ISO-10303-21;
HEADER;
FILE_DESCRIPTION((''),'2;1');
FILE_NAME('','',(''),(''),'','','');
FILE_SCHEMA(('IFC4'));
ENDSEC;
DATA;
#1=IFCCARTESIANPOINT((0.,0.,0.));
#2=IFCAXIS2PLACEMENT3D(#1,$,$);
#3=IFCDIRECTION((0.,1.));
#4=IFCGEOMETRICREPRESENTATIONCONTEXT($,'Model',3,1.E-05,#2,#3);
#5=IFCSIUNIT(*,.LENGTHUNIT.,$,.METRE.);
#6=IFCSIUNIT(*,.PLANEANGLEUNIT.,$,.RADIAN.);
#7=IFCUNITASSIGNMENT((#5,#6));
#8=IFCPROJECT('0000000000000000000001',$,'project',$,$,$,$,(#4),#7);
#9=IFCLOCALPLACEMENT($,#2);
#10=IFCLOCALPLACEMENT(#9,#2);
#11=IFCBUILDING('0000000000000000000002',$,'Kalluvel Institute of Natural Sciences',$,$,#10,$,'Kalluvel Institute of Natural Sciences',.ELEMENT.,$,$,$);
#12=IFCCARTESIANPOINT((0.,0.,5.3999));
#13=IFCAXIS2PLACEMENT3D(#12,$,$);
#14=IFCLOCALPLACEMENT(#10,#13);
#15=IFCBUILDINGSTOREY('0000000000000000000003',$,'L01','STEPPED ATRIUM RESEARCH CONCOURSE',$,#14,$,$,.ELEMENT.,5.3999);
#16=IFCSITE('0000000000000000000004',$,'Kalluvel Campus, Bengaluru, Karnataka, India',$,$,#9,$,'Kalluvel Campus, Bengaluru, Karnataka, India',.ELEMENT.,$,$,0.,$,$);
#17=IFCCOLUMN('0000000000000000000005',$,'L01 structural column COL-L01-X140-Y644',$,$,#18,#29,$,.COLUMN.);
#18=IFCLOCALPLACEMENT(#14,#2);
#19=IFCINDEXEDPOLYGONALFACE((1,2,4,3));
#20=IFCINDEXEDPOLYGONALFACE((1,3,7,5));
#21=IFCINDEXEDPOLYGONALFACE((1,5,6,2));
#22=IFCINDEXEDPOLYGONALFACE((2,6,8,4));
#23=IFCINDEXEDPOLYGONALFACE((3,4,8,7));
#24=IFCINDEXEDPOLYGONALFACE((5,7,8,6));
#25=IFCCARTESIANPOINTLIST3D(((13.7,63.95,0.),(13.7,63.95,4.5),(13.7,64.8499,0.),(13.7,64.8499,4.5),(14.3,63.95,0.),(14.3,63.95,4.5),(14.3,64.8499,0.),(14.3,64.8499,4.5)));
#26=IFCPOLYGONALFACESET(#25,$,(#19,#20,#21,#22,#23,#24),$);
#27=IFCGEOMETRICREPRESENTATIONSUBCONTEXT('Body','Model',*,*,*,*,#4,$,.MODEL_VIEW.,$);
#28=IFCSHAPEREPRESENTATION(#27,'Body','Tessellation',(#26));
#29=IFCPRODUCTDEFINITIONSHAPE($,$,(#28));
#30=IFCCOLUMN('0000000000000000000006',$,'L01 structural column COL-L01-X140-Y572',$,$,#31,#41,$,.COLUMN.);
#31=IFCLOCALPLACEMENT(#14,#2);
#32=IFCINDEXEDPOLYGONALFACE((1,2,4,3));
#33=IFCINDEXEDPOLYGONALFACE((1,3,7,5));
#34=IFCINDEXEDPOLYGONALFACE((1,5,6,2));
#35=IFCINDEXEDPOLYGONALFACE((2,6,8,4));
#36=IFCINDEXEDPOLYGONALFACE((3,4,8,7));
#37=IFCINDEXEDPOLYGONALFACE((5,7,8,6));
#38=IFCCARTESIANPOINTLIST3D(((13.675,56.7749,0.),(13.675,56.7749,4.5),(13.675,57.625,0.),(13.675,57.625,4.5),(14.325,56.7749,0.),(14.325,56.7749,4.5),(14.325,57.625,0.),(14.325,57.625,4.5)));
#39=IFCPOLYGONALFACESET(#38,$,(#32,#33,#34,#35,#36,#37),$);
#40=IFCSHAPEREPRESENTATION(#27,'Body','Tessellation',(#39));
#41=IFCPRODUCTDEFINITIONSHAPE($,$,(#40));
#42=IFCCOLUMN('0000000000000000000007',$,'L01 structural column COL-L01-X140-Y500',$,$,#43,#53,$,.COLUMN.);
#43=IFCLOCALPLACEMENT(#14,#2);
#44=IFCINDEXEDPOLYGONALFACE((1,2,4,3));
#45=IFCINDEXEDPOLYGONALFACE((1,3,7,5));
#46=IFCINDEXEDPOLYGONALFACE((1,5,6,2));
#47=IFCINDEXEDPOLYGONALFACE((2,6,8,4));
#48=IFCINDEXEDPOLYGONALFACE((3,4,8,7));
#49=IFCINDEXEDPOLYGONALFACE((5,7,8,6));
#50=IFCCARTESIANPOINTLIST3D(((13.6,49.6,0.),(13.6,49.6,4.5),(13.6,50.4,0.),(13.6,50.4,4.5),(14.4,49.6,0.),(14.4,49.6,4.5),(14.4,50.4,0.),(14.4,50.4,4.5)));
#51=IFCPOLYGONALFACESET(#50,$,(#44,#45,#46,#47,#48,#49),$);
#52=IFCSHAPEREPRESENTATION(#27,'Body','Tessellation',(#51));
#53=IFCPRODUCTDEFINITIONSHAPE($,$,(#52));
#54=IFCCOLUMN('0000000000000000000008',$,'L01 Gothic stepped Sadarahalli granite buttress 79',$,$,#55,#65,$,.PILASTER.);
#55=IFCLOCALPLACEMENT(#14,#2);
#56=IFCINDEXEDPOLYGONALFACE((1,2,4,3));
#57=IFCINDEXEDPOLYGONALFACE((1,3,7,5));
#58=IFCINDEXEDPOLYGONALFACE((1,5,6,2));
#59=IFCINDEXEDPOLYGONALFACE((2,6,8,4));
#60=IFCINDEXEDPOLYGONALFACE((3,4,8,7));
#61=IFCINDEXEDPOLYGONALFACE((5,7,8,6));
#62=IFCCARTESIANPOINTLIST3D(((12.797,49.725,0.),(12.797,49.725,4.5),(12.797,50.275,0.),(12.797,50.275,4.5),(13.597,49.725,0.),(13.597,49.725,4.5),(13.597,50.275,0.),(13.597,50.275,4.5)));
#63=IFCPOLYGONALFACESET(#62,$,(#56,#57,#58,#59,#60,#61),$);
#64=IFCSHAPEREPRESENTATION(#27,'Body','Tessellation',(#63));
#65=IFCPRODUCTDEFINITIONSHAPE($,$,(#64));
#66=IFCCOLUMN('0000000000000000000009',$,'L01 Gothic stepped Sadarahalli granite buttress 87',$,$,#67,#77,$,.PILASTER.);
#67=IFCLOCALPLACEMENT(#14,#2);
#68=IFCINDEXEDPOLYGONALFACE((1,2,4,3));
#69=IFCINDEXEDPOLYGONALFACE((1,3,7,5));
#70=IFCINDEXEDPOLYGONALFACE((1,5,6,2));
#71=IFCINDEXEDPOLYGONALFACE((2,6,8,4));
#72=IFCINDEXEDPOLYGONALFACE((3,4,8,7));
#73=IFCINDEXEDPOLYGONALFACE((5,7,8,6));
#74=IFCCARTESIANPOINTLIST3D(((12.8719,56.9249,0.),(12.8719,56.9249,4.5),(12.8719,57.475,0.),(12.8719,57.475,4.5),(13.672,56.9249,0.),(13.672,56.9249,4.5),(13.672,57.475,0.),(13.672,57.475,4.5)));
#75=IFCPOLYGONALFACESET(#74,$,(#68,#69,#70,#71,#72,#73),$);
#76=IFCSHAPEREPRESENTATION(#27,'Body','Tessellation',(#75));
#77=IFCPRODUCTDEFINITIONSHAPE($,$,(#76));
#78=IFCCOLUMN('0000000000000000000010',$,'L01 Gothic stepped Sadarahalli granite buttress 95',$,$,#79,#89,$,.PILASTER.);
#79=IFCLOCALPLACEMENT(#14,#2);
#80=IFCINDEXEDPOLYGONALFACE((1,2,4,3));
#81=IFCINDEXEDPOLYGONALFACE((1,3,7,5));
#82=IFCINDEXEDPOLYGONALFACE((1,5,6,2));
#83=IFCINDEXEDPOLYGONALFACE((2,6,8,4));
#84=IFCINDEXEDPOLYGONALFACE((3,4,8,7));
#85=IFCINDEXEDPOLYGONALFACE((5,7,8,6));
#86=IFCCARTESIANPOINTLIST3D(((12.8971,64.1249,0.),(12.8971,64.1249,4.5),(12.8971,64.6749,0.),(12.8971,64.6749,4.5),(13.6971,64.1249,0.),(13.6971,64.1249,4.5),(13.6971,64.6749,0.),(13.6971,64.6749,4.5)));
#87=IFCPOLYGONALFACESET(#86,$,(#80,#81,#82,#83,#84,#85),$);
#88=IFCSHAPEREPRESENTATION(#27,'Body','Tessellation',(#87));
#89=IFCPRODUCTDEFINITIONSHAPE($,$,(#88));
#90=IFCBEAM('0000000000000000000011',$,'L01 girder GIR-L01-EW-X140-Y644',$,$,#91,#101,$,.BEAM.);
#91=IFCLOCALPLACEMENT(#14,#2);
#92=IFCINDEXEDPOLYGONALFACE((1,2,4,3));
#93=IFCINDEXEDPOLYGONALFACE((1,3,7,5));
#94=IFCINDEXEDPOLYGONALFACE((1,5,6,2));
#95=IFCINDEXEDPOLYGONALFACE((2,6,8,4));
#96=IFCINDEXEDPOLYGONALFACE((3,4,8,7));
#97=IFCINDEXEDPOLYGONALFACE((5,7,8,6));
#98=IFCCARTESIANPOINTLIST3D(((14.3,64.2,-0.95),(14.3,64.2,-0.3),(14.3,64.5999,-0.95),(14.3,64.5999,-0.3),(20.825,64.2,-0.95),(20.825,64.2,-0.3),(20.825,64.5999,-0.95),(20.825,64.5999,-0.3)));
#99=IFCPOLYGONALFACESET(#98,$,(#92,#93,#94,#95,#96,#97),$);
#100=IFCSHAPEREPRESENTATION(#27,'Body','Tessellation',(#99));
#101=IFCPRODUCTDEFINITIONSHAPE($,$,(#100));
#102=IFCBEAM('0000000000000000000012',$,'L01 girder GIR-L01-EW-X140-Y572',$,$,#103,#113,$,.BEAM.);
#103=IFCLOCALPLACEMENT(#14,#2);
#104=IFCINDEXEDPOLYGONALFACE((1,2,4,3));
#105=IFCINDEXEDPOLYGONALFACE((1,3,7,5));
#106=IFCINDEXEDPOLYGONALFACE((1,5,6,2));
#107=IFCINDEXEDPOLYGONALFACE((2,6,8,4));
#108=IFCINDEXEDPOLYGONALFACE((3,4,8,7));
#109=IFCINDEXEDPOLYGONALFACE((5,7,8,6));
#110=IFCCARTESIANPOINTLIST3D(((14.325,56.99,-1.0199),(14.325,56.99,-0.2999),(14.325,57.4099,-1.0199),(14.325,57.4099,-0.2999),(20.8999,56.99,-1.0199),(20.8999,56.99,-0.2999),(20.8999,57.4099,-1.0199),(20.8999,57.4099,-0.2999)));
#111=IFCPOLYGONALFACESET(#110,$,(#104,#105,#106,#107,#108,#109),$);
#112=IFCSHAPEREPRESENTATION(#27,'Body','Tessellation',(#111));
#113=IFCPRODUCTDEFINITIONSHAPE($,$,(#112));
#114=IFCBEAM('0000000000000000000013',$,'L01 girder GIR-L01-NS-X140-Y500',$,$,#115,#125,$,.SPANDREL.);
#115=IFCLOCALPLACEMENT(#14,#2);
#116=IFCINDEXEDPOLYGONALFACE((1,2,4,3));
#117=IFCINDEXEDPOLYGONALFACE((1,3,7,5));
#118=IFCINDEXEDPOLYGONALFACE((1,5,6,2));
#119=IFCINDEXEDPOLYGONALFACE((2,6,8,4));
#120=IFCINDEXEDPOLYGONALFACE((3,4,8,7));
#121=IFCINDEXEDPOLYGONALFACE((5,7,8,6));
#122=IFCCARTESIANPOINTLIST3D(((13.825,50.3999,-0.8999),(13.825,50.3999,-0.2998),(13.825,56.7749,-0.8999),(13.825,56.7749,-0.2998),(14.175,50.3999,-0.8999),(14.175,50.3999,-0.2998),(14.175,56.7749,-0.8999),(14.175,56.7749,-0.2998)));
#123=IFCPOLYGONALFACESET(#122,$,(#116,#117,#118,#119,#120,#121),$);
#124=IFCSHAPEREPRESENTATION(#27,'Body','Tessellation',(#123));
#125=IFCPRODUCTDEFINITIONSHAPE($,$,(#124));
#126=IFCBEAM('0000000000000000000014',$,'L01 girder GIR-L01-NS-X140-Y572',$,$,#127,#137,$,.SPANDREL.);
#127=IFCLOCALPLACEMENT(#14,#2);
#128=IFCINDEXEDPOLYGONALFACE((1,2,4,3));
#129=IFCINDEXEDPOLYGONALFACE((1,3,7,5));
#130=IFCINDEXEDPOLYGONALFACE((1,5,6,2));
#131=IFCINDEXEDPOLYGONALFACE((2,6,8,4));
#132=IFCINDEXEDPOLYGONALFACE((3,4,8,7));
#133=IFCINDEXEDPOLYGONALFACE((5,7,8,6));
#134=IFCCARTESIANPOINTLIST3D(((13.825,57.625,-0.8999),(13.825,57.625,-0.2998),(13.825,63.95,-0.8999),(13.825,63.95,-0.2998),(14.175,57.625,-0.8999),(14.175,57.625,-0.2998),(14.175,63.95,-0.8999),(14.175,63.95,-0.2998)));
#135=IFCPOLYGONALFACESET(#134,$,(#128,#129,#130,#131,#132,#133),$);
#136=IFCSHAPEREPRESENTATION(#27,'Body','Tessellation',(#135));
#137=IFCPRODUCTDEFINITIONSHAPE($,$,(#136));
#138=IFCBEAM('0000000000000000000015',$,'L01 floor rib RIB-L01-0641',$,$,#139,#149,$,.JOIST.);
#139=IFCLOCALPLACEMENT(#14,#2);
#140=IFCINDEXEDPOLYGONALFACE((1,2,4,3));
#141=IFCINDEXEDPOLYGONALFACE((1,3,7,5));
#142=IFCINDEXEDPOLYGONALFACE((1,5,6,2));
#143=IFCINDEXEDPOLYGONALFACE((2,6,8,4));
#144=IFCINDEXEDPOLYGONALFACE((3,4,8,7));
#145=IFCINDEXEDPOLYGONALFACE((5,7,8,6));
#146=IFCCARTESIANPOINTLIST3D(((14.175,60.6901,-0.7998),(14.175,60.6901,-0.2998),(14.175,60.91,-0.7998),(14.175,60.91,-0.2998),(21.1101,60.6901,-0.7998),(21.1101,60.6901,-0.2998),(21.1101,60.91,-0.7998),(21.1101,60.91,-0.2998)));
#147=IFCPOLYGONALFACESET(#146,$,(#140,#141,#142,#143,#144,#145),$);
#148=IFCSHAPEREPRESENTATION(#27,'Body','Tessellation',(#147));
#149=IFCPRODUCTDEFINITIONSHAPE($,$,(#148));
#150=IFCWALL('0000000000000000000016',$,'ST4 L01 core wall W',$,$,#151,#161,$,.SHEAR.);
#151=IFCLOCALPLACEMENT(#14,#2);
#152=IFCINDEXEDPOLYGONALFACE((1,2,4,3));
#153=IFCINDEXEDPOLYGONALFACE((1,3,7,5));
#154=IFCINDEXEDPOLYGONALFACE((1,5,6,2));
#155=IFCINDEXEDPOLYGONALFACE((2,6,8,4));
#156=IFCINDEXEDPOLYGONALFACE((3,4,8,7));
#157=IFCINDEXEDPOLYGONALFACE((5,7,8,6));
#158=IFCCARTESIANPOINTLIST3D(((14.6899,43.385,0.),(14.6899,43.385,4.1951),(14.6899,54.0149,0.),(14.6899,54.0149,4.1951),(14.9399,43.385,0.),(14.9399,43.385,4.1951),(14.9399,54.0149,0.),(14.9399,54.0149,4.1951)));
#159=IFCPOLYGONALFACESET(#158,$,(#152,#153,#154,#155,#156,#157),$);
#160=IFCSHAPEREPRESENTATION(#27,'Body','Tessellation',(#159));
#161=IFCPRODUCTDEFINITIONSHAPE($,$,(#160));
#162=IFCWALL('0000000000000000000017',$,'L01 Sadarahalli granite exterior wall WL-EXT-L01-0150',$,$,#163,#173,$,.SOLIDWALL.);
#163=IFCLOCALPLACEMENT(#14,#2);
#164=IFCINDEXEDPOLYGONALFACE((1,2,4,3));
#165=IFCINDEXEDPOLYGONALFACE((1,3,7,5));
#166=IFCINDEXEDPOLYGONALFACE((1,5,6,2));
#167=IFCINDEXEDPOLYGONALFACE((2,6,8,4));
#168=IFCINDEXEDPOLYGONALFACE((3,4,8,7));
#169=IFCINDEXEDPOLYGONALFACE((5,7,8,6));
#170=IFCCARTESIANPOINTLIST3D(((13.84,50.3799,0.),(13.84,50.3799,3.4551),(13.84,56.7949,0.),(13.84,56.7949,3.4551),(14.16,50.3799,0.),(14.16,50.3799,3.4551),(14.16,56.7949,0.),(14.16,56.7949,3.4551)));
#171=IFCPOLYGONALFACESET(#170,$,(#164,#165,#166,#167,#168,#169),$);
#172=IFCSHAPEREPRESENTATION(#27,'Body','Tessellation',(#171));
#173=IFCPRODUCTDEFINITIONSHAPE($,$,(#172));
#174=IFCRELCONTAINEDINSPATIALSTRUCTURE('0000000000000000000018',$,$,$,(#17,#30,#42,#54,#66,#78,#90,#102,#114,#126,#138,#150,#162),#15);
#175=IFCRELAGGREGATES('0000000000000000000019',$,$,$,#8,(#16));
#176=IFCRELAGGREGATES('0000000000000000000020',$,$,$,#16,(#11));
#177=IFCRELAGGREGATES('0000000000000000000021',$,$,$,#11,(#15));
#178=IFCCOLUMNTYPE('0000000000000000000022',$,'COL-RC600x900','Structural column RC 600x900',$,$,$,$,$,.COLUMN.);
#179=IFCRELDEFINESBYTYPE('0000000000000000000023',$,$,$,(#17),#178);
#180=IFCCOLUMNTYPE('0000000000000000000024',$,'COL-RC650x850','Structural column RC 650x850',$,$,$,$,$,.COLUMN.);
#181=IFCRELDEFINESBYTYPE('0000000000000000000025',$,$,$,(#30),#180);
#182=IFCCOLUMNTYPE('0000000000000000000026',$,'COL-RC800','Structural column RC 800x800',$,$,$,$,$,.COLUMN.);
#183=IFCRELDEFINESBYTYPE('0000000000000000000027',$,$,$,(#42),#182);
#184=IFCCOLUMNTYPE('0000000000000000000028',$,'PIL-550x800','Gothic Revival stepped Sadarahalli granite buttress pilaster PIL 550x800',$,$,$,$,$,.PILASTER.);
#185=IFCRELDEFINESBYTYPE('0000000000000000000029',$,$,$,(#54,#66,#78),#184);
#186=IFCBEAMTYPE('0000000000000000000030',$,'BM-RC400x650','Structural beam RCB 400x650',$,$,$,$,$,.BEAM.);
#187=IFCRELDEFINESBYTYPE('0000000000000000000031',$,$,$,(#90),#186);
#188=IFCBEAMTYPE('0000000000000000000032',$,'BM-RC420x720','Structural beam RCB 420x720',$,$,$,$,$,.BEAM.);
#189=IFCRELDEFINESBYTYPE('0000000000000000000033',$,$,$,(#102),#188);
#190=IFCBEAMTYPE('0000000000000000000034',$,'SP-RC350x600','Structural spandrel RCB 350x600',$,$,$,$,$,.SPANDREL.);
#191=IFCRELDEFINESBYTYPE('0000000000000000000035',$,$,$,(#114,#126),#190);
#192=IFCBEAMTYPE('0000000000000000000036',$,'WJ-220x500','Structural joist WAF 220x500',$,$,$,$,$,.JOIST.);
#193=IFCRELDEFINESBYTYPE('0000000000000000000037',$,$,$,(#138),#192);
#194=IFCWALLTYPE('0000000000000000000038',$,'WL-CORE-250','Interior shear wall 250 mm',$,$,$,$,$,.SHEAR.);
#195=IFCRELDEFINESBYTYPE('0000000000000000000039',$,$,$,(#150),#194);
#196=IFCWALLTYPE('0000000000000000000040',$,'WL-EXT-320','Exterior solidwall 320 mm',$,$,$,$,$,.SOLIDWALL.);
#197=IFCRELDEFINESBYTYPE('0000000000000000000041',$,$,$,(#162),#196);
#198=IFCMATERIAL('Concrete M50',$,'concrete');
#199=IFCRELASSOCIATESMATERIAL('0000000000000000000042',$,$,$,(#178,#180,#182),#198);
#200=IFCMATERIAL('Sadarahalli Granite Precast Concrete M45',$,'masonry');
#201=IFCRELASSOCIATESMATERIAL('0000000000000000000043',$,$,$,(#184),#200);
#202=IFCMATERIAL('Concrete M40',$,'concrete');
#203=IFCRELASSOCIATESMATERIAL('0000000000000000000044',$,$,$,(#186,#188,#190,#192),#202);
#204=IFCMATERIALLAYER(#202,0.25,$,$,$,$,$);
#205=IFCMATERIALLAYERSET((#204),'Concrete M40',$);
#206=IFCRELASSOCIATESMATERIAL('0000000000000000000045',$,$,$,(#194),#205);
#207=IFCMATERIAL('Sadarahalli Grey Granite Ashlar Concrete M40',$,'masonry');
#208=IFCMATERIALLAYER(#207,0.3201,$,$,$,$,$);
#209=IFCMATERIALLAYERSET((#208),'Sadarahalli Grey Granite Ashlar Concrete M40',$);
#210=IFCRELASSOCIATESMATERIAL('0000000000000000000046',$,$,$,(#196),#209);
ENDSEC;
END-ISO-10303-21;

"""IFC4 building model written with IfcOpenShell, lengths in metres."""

from ifc_helpers import new_model, si_unit, direction, frame, frame_2d, origin, origin_2d, place, context, subcontext, project, spatial, rectangle, extrude, material, layer, layer_set, material_profile, profile_set, type_object, element, save


model = new_model("IFC4")

# Units and contexts
model_context = context("Model", 3, precision=1e-05, world=origin(), true_north=direction((0.0, 1.0)))
body_context = subcontext(model_context, "Body", "Model", "MODEL_VIEW")
ifc_project = project(units=[si_unit("LENGTHUNIT", "METRE"), si_unit("PLANEANGLEUNIT", "RADIAN")], contexts=[model_context])

# Site, building, storey
site_placement = place(None, origin())
site = spatial("IfcSite", under=ifc_project, at=site_placement, Name="Kalluvel Campus, Bengaluru, Karnataka, India", LongName="Kalluvel Campus, Bengaluru, Karnataka, India", CompositionType="ELEMENT", RefElevation=0.0)
building_placement = place(site_placement, origin())
building = spatial("IfcBuilding", under=site, at=building_placement, Name="Kalluvel Institute of Natural Sciences", LongName="Kalluvel Institute of Natural Sciences", CompositionType="ELEMENT")
storey_placement = place(building_placement, frame((0.0, 0.0, 5.3999)))
storey = spatial("IfcBuildingStorey", under=building, at=storey_placement, Name="L01", Description="STEPPED ATRIUM RESEARCH CONCOURSE", CompositionType="ELEMENT", Elevation=5.3999)

# Columns
ifc_material_1 = material(Name="Concrete M50", Category="concrete")
ifc_material_profile_1 = material_profile(ifc_material_1, rectangle(XDim=0.6001, YDim=0.8999, at=origin_2d()), Name="RC 600x900")
ifc_profile_set_1 = profile_set([ifc_material_profile_1], Name="Concrete M50")
column_type_1 = type_object("IfcColumnType", Name="COL-RC600x900", Description="Structural column RC 600x900", PredefinedType="COLUMN", material=ifc_profile_set_1)
column_1_placement = place(storey_placement, frame((14.0, 64.3999, 0.0), z_axis=(0.0, 0.0, 1.0), x_axis=(1.0, 0.0, 0.0)))
element("IfcColumn", 1, at=column_1_placement, inside=storey, type_object=column_type_1, Name="L01 structural column COL-L01-X140-Y644", PredefinedType="COLUMN", context=body_context, shape_type="SweptSolid", body=[
    extrude(rectangle(XDim=0.6001, YDim=0.8999, at=origin_2d()), origin(), (0.0, 0.0, 1.0), 4.5),
])
ifc_material_profile_2 = material_profile(ifc_material_1, rectangle(XDim=0.6499, YDim=0.8501, at=origin_2d()), Name="RC 650x850")
ifc_profile_set_2 = profile_set([ifc_material_profile_2], Name="Concrete M50")
column_type_2 = type_object("IfcColumnType", Name="COL-RC650x850", Description="Structural column RC 650x850", PredefinedType="COLUMN", material=ifc_profile_set_2)
column_2_placement = place(storey_placement, frame((14.0, 57.2, 0.0), z_axis=(0.0, 0.0, 1.0), x_axis=(1.0, 0.0, 0.0)))
element("IfcColumn", 2, at=column_2_placement, inside=storey, type_object=column_type_2, Name="L01 structural column COL-L01-X140-Y572", PredefinedType="COLUMN", context=body_context, shape_type="SweptSolid", body=[
    extrude(rectangle(XDim=0.6499, YDim=0.8501, at=origin_2d()), origin(), (0.0, 0.0, 1.0), 4.5),
])
ifc_material_profile_3 = material_profile(ifc_material_1, rectangle(XDim=0.8, YDim=0.8, at=origin_2d()), Name="RC 800x800")
ifc_profile_set_3 = profile_set([ifc_material_profile_3], Name="Concrete M50")
column_type_3 = type_object("IfcColumnType", Name="COL-RC800", Description="Structural column RC 800x800", PredefinedType="COLUMN", material=ifc_profile_set_3)
column_3_placement = place(storey_placement, frame((14.0, 50.0, 0.0), z_axis=(0.0, 0.0, 1.0), x_axis=(1.0, 0.0, 0.0)))
element("IfcColumn", 3, at=column_3_placement, inside=storey, type_object=column_type_3, Name="L01 structural column COL-L01-X140-Y500", PredefinedType="COLUMN", context=body_context, shape_type="SweptSolid", body=[
    extrude(rectangle(XDim=0.8, YDim=0.8, at=origin_2d()), origin(), (0.0, 0.0, 1.0), 4.5),
])
ifc_material_2 = material(Name="Sadarahalli Granite Precast Concrete M45", Category="masonry")
ifc_material_profile_4 = material_profile(ifc_material_2, rectangle(XDim=0.55, YDim=0.8, at=origin_2d()), Name="PIL 550x800")
ifc_profile_set_4 = profile_set([ifc_material_profile_4], Name="Sadarahalli Granite Precast Concrete M45")
column_type_4 = type_object("IfcColumnType", Name="PIL-550x800", Description="Gothic Revival stepped Sadarahalli granite buttress pilaster PIL 550x800", PredefinedType="PILASTER", material=ifc_profile_set_4)
for number, where, z_axis, x_axis, name in (
    (4, (13.197, 50.0, 0.0), (0.0, 0.0, 1.0), (0.0, 1.0, 0.0), "L01 Gothic stepped Sadarahalli granite buttress 79"),
    (5, (13.272, 57.2, 0.0), (0.0, 0.0, 1.0), (0.0, 1.0, 0.0), "L01 Gothic stepped Sadarahalli granite buttress 87"),
    (6, (13.2971, 64.3999, 0.0), (0.0, 0.0, 1.0), (0.0, 1.0, 0.0), "L01 Gothic stepped Sadarahalli granite buttress 95"),
):
    element("IfcColumn", number, at=place(storey_placement, frame(where, z_axis=z_axis, x_axis=x_axis)), inside=storey, type_object=column_type_4, Name=name, PredefinedType="PILASTER", context=body_context, shape_type="SweptSolid", body=[
        extrude(rectangle(XDim=0.55, YDim=0.8, at=origin_2d()), origin(), (0.0, 0.0, 1.0), 4.5),
    ])

# Beams
ifc_material_3 = material(Name="Concrete M40", Category="concrete")
ifc_material_profile_5 = material_profile(ifc_material_3, rectangle(XDim=0.3999, YDim=0.6499, at=origin_2d()), Name="RCB 400x650")
ifc_profile_set_5 = profile_set([ifc_material_profile_5], Name="Concrete M40")
beam_type_1 = type_object("IfcBeamType", Name="BM-RC400x650", Description="Structural beam RCB 400x650", PredefinedType="BEAM", material=ifc_profile_set_5)
beam_1_placement = place(storey_placement, frame((14.3, 64.3999, -0.625), z_axis=(1.0, 0.0, 0.0), x_axis=(0.0, 1.0, 0.0)))
element("IfcBeam", 7, at=beam_1_placement, inside=storey, type_object=beam_type_1, Name="L01 girder GIR-L01-EW-X140-Y644", PredefinedType="BEAM", context=body_context, shape_type="SweptSolid", body=[
    extrude(rectangle(XDim=0.3999, YDim=0.6499, at=origin_2d()), origin(), (0.0, 0.0, 1.0), 6.5249),
])
ifc_material_profile_6 = material_profile(ifc_material_3, rectangle(XDim=0.4199, YDim=0.72, at=origin_2d()), Name="RCB 420x720")
ifc_profile_set_6 = profile_set([ifc_material_profile_6], Name="Concrete M40")
beam_type_2 = type_object("IfcBeamType", Name="BM-RC420x720", Description="Structural beam RCB 420x720", PredefinedType="BEAM", material=ifc_profile_set_6)
beam_2_placement = place(storey_placement, frame((14.325, 57.2, -0.6599), z_axis=(1.0, 0.0, 0.0), x_axis=(0.0, 1.0, 0.0)))
element("IfcBeam", 8, at=beam_2_placement, inside=storey, type_object=beam_type_2, Name="L01 girder GIR-L01-EW-X140-Y572", PredefinedType="BEAM", context=body_context, shape_type="SweptSolid", body=[
    extrude(rectangle(XDim=0.4199, YDim=0.72, at=origin_2d()), origin(), (0.0, 0.0, 1.0), 6.575),
])
ifc_material_profile_7 = material_profile(ifc_material_3, rectangle(XDim=0.3501, YDim=0.6001, at=origin_2d()), Name="RCB 350x600")
ifc_profile_set_7 = profile_set([ifc_material_profile_7], Name="Concrete M40")
beam_type_3 = type_object("IfcBeamType", Name="SP-RC350x600", Description="Structural spandrel RCB 350x600", PredefinedType="SPANDREL", material=ifc_profile_set_7)
beam_3_placement = place(storey_placement, frame((14.0, 50.3999, -0.5999), z_axis=(0.0, 1.0, 0.0), x_axis=(-1.0, 0.0, 0.0)))
element("IfcBeam", 9, at=beam_3_placement, inside=storey, type_object=beam_type_3, Name="L01 girder GIR-L01-NS-X140-Y500", PredefinedType="SPANDREL", context=body_context, shape_type="SweptSolid", body=[
    extrude(rectangle(XDim=0.3501, YDim=0.6001, at=origin_2d()), origin(), (0.0, 0.0, 1.0), 6.375),
])
beam_4_placement = place(storey_placement, frame((14.0, 57.625, -0.5999), z_axis=(0.0, 1.0, 0.0), x_axis=(-1.0, 0.0, 0.0)))
element("IfcBeam", 10, at=beam_4_placement, inside=storey, type_object=beam_type_3, Name="L01 girder GIR-L01-NS-X140-Y572", PredefinedType="SPANDREL", context=body_context, shape_type="SweptSolid", body=[
    extrude(rectangle(XDim=0.3501, YDim=0.6001, at=origin_2d()), origin(), (0.0, 0.0, 1.0), 6.325),
])
ifc_material_profile_8 = material_profile(ifc_material_3, rectangle(XDim=0.22, YDim=0.5, at=origin_2d()), Name="WAF 220x500")
ifc_profile_set_8 = profile_set([ifc_material_profile_8], Name="Concrete M40")
beam_type_4 = type_object("IfcBeamType", Name="WJ-220x500", Description="Structural joist WAF 220x500", PredefinedType="JOIST", material=ifc_profile_set_8)
beam_5_placement = place(storey_placement, frame((14.175, 60.8, -0.5498), z_axis=(1.0, 0.0, 0.0), x_axis=(0.0, 1.0, 0.0)))
element("IfcBeam", 11, at=beam_5_placement, inside=storey, type_object=beam_type_4, Name="L01 floor rib RIB-L01-0641", PredefinedType="JOIST", context=body_context, shape_type="SweptSolid", body=[
    extrude(rectangle(XDim=0.22, YDim=0.5, at=origin_2d()), origin(), (0.0, 0.0, 1.0), 6.9351),
])

# Walls
ifc_layer_1 = layer(ifc_material_3, 0.25)
ifc_layer_set_1 = layer_set([ifc_layer_1], Name="Concrete M40")
wall_type_1 = type_object("IfcWallType", Name="WL-CORE-250", Description="Interior shear wall 250 mm", PredefinedType="SHEAR", material=ifc_layer_set_1)
wall_1_placement = place(storey_placement, frame((14.8149, 54.0149, 0.0), z_axis=(0.0, 0.0, 1.0), x_axis=(0.0, -1.0, 0.0)))
element("IfcWall", 12, at=wall_1_placement, inside=storey, type_object=wall_type_1, Name="ST4 L01 core wall W", PredefinedType="SHEAR", context=body_context, shape_type="SweptSolid", body=[
    extrude(rectangle(XDim=10.6299, YDim=0.25, at=frame_2d((5.3149, 0.0))), origin(), (0.0, 0.0, 1.0), 4.1951),
])
ifc_material_4 = material(Name="Sadarahalli Grey Granite Ashlar Concrete M40", Category="masonry")
ifc_layer_2 = layer(ifc_material_4, 0.3201)
ifc_layer_set_2 = layer_set([ifc_layer_2], Name="Sadarahalli Grey Granite Ashlar Concrete M40")
wall_type_2 = type_object("IfcWallType", Name="WL-EXT-320", Description="Exterior solidwall 320 mm", PredefinedType="SOLIDWALL", material=ifc_layer_set_2)
wall_2_placement = place(storey_placement, frame((14.0, 50.3799, 0.0), z_axis=(0.0, 0.0, 1.0), x_axis=(0.0, 1.0, 0.0)))
element("IfcWall", 13, at=wall_2_placement, inside=storey, type_object=wall_type_2, Name="L01 Sadarahalli granite exterior wall WL-EXT-L01-0150", PredefinedType="SOLIDWALL", context=body_context, shape_type="SweptSolid", body=[
    extrude(rectangle(XDim=6.415, YDim=0.3201, at=frame_2d((3.2075, 0.0))), origin(), (0.0, 0.0, 1.0), 3.4551),
])

save(model, "model.ifc")
